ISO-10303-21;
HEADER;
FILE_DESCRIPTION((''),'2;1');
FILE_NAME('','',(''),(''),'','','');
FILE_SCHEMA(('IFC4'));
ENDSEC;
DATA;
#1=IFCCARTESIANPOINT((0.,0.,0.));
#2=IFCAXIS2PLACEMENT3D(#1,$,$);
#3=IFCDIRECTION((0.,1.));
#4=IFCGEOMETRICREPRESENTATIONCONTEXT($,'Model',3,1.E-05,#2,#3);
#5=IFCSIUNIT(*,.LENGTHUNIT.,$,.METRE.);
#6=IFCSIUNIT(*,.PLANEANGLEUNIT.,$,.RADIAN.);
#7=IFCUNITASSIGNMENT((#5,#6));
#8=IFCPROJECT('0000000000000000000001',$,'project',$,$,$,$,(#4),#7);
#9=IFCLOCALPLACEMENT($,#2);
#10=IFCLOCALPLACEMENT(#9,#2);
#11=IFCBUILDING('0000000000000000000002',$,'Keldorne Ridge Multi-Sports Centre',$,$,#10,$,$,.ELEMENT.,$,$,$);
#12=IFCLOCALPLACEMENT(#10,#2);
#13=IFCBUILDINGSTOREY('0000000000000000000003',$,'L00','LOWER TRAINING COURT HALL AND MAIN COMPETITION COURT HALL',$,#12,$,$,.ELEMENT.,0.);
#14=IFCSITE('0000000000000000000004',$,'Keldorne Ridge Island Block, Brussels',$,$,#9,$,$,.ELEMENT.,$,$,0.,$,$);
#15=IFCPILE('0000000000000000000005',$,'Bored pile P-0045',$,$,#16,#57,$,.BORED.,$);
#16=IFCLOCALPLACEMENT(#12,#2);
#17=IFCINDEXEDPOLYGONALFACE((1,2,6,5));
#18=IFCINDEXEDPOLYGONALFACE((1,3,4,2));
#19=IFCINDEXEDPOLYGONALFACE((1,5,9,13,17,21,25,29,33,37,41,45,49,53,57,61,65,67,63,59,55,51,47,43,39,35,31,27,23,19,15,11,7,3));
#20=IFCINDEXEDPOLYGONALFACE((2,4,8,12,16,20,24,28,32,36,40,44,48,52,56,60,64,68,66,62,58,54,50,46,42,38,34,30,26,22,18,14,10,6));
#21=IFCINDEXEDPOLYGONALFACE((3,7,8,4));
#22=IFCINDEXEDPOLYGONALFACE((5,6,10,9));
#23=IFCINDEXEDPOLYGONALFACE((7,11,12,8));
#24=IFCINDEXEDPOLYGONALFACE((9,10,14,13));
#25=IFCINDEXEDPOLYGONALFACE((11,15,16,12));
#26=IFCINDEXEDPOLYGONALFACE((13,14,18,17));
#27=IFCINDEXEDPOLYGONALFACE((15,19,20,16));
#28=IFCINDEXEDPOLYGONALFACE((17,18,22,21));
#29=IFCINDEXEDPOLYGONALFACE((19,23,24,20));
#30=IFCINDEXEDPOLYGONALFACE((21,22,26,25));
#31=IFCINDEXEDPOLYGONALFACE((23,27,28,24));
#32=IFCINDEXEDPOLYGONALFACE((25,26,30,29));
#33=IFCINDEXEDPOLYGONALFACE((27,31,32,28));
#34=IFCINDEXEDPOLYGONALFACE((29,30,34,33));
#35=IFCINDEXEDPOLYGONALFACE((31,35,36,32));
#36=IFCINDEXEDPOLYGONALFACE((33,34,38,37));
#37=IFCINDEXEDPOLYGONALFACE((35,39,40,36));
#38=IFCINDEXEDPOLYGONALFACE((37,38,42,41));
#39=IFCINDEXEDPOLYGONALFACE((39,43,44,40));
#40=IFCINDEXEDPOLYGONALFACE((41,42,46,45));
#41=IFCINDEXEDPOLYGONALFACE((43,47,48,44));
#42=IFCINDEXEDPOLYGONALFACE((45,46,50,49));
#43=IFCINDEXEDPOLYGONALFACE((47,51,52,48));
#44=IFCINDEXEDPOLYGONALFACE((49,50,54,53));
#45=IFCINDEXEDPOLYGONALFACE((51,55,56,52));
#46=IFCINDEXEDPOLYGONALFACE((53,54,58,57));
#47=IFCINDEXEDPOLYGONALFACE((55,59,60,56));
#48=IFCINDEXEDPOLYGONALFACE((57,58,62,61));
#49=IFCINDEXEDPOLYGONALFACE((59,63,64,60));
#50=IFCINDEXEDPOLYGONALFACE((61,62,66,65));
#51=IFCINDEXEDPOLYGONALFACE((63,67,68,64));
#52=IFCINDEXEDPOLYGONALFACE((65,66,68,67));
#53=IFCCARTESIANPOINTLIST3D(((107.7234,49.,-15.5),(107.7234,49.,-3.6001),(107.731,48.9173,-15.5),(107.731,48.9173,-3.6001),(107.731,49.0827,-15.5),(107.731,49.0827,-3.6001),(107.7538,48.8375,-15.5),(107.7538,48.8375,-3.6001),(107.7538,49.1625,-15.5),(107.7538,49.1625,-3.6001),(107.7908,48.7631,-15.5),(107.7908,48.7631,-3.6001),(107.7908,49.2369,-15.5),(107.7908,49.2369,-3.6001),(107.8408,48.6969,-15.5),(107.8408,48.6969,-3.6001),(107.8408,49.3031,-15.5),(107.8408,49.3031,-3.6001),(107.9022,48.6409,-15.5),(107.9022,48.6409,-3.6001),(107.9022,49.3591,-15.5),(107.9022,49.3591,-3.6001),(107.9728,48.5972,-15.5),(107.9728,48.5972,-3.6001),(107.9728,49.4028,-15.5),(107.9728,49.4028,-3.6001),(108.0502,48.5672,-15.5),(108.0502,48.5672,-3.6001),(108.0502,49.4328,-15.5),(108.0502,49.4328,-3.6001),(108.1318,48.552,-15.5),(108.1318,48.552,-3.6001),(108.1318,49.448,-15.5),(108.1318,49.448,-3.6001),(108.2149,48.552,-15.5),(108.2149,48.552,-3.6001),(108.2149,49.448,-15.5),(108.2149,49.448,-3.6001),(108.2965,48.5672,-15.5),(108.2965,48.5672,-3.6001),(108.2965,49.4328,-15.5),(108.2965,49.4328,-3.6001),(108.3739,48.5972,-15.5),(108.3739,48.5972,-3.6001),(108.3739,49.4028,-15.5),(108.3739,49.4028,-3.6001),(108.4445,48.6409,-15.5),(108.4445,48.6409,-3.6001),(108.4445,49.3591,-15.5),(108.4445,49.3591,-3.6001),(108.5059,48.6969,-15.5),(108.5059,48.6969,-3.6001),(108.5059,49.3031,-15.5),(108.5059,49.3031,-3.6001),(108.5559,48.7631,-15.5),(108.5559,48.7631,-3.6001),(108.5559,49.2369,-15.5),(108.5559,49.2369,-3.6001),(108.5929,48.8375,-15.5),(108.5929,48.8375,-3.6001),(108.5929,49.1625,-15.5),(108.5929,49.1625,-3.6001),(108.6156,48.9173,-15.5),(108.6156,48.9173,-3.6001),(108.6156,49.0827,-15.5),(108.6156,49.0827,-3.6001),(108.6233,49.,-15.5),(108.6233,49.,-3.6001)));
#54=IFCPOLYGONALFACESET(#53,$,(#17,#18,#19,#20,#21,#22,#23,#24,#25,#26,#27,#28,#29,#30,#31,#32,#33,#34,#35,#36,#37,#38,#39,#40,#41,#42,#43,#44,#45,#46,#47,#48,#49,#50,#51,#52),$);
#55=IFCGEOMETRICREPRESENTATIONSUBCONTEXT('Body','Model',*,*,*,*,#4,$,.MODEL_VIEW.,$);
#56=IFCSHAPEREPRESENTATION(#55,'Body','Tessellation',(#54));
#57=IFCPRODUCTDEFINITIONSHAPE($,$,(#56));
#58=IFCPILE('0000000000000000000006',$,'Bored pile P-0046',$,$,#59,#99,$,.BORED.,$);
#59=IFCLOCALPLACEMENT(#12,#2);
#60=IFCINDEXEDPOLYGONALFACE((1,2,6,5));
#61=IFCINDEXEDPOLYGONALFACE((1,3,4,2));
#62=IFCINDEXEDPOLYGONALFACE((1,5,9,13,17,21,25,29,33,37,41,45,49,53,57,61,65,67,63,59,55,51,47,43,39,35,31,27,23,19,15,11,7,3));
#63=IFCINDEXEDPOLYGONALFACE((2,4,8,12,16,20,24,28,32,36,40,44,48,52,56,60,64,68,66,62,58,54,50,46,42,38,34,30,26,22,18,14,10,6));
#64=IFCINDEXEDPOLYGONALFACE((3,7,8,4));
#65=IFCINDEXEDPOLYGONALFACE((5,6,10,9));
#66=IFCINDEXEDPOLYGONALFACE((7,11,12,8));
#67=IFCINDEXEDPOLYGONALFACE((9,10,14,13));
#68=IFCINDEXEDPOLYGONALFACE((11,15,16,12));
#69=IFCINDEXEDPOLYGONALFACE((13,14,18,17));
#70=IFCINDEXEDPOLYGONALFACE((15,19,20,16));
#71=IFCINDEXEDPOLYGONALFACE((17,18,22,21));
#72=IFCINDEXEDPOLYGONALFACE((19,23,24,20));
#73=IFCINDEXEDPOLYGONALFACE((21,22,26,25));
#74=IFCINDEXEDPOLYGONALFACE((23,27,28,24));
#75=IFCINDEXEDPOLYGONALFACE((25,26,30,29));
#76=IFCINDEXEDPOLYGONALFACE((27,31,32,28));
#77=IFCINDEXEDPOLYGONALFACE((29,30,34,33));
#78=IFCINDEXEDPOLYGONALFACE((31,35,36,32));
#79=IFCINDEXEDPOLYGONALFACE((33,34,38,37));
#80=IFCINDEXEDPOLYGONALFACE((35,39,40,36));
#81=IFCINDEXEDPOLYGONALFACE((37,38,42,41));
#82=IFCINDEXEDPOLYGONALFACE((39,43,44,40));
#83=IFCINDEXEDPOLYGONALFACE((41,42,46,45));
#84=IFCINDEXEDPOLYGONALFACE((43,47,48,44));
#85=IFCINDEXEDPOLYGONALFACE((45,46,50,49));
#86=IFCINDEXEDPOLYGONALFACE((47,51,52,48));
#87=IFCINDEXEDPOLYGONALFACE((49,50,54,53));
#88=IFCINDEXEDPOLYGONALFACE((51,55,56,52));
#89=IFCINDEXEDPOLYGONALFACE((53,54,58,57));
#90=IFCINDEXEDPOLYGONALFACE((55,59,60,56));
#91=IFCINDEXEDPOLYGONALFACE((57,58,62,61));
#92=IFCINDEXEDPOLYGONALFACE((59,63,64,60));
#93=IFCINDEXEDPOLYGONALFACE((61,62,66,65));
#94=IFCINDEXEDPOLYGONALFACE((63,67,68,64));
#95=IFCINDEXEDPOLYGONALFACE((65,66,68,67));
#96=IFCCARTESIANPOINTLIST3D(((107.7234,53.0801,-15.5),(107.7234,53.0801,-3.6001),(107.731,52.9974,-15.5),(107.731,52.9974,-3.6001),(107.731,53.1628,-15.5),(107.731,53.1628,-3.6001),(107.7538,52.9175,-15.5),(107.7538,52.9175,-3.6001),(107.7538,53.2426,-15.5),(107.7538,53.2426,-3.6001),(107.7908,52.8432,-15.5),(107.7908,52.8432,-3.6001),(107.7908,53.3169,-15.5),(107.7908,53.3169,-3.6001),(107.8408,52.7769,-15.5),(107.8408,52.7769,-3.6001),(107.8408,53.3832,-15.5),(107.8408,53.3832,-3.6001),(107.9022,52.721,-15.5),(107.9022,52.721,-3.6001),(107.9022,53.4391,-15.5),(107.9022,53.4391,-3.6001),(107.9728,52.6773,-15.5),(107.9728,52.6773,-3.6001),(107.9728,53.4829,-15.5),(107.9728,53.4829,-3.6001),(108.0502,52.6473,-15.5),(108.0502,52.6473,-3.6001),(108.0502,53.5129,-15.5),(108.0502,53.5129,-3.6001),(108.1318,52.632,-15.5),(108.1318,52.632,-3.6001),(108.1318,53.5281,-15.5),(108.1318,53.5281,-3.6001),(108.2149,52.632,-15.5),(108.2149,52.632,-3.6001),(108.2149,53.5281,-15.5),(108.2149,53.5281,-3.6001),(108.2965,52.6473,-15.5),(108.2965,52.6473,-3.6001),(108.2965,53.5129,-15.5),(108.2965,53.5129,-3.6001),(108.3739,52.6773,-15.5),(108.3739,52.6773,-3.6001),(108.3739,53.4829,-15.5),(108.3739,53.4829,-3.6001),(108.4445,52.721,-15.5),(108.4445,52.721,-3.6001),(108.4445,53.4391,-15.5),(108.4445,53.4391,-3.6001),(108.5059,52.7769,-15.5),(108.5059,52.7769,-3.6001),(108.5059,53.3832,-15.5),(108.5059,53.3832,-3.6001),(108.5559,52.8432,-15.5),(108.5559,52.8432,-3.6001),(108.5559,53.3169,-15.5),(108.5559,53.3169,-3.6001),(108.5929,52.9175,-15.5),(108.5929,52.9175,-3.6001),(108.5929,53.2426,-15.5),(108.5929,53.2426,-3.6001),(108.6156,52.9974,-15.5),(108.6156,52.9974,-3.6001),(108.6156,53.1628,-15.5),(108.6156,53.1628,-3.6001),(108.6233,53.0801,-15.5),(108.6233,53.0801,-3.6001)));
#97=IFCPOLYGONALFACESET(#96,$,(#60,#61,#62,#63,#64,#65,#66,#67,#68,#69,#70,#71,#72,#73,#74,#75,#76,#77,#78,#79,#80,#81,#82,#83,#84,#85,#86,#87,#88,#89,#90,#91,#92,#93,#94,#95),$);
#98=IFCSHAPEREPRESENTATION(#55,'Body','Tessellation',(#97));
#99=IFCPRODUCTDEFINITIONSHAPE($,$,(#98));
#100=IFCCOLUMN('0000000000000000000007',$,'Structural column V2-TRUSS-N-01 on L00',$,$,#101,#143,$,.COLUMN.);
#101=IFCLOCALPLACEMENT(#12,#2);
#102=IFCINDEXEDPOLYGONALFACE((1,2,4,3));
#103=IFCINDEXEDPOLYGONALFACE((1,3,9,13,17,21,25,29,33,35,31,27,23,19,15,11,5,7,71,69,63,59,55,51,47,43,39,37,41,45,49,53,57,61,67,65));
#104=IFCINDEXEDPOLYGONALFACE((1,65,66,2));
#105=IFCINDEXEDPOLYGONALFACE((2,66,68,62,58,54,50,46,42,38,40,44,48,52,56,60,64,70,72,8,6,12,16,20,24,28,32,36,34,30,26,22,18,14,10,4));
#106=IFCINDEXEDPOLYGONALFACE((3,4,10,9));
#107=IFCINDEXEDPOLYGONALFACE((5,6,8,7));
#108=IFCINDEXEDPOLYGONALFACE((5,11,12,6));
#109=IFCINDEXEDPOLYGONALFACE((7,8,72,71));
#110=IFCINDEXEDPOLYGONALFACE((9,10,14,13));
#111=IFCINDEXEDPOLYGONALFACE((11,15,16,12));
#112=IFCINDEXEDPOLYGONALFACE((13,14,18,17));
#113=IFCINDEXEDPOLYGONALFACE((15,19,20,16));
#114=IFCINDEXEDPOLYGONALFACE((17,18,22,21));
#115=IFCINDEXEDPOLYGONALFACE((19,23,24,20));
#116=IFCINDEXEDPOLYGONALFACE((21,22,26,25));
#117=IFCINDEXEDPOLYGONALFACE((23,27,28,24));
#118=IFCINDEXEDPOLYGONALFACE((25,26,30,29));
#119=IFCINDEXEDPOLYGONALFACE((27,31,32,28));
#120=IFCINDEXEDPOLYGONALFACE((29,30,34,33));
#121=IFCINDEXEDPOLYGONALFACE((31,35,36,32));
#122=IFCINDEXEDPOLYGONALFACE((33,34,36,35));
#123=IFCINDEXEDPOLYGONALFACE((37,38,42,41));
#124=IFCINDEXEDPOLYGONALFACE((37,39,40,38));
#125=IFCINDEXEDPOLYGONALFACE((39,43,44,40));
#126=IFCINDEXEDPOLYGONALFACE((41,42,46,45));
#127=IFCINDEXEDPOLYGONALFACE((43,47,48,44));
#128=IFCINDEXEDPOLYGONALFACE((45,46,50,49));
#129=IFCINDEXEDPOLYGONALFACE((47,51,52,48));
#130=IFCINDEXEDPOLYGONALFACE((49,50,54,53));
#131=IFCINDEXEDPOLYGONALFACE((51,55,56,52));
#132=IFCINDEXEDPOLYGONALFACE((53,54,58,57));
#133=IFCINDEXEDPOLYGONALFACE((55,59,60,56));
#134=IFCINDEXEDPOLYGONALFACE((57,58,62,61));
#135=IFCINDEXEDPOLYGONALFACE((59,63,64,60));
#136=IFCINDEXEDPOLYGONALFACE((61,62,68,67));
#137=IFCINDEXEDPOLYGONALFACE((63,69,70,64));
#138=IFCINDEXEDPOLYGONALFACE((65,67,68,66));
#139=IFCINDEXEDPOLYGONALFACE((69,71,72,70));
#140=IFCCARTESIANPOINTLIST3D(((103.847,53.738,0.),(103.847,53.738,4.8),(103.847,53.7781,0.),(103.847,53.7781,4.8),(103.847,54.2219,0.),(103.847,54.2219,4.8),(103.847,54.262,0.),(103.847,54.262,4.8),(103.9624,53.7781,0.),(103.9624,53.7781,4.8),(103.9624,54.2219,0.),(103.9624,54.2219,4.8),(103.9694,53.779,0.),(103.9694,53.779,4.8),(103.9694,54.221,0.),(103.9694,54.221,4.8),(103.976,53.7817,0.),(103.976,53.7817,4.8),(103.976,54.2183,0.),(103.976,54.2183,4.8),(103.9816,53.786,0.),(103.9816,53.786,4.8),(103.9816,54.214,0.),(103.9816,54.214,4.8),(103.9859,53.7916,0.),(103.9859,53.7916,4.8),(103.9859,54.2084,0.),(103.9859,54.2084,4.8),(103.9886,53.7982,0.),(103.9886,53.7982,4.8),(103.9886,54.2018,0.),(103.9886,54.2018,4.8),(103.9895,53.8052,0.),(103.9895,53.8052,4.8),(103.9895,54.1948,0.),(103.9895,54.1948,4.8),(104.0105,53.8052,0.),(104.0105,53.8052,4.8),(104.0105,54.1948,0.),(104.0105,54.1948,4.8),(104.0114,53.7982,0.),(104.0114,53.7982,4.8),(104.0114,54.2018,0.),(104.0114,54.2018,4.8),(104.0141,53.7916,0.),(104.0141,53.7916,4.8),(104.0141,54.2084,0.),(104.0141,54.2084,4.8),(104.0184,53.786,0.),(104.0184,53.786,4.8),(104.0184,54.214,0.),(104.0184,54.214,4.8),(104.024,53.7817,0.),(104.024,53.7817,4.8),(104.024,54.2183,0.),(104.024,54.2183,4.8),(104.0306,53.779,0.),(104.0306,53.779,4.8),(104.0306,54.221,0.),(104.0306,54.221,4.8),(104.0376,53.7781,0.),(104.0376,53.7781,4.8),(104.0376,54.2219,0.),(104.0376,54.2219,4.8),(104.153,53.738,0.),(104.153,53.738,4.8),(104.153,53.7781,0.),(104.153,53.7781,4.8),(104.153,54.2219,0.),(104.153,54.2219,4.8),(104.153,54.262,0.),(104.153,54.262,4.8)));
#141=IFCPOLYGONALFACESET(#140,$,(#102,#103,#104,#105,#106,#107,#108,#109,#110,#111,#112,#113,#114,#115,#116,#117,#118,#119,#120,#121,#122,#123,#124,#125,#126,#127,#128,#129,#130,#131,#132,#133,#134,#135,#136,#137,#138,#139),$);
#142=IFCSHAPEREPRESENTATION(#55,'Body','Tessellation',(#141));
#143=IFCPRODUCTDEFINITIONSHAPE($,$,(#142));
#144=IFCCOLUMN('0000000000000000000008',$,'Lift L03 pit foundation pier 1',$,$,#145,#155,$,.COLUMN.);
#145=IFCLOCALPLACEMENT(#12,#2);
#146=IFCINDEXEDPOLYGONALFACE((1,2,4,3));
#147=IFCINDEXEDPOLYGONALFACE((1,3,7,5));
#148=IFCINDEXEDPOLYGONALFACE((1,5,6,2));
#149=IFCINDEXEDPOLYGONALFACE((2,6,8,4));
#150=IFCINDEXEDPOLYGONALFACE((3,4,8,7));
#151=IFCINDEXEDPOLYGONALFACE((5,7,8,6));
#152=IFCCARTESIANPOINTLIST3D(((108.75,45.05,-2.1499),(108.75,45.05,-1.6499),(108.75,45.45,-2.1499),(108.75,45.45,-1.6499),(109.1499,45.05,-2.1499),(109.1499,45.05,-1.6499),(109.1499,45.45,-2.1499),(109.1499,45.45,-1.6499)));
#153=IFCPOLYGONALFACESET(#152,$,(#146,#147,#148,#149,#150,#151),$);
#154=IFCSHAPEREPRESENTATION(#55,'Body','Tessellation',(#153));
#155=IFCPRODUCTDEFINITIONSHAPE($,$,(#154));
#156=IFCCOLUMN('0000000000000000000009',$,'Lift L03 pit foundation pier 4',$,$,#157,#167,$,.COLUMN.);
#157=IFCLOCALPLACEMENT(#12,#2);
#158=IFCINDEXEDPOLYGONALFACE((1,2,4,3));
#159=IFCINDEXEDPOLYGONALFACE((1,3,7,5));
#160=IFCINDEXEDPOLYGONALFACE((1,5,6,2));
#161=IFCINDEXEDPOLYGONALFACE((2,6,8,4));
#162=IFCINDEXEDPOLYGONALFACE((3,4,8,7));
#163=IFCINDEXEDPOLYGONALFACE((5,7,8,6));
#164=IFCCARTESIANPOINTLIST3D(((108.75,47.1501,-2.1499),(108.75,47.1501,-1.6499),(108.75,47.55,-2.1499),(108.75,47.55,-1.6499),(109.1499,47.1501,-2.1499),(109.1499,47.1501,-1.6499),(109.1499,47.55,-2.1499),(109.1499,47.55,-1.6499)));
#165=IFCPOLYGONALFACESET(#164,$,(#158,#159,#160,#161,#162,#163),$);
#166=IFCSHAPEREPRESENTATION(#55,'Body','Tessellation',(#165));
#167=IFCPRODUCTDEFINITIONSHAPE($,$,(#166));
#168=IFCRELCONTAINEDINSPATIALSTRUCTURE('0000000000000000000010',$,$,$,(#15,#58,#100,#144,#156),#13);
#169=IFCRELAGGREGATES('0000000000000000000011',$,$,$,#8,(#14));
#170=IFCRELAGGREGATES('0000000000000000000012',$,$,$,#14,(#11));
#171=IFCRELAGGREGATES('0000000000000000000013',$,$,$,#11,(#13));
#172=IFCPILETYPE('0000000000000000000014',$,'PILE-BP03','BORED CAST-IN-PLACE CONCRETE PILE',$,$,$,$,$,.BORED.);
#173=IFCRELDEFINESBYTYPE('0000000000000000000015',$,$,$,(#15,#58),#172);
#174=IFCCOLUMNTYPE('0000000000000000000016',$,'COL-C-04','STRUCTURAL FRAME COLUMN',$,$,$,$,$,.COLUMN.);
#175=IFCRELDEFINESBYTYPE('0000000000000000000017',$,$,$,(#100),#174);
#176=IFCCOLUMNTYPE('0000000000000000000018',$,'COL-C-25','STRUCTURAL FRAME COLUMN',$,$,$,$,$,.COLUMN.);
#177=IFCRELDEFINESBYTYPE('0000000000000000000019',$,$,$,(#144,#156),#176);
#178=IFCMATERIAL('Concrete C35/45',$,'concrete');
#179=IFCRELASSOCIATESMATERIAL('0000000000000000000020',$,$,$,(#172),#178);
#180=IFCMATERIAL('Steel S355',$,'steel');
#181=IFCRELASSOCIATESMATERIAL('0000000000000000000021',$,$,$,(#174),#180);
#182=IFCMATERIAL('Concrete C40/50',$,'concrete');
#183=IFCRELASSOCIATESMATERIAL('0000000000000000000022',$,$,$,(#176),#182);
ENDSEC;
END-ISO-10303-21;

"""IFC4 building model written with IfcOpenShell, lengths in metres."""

from ifc_helpers import new_model, si_unit, direction, frame, origin, origin_2d, place, context, subcontext, project, spatial, rectangle, circle, i_section, extrude, material, material_profile, profile_set, type_object, element, save


model = new_model("IFC4")

# Units and contexts
model_context = context("Model", 3, precision=1e-05, world=origin(), true_north=direction((0.0, 1.0)))
body_context = subcontext(model_context, "Body", "Model", "MODEL_VIEW")
ifc_project = project(units=[si_unit("LENGTHUNIT", "METRE"), si_unit("PLANEANGLEUNIT", "RADIAN")], contexts=[model_context])

# Site, building, storey
site_placement = place(None, origin())
site = spatial("IfcSite", under=ifc_project, at=site_placement, Name="Keldorne Ridge Island Block, Brussels", CompositionType="ELEMENT", RefElevation=0.0)
building_placement = place(site_placement, origin())
building = spatial("IfcBuilding", under=site, at=building_placement, Name="Keldorne Ridge Multi-Sports Centre", CompositionType="ELEMENT")
storey_placement = place(building_placement, origin())
storey = spatial("IfcBuildingStorey", under=building, at=storey_placement, Name="L00", Description="LOWER TRAINING COURT HALL AND MAIN COMPETITION COURT HALL", CompositionType="ELEMENT", Elevation=0.0)

# Shared definitions
ifc_material_1 = material(Name="Concrete C35/45", Category="concrete")

# Piles
ifc_material_profile_1 = material_profile(ifc_material_1, circle(Radius=0.45, at=origin_2d()), Name="BORED PILE D900")
ifc_profile_set_1 = profile_set([ifc_material_profile_1], Name="Concrete C35/45")
pile_type = type_object("IfcPileType", Name="PILE-BP03", Description="BORED CAST-IN-PLACE CONCRETE PILE", PredefinedType="BORED", material=ifc_profile_set_1)
for number, where, z_axis, x_axis, name in (
    (1, (108.1733, 49.0, -3.6001), (0.0, 0.0, -1.0), (1.0, 0.0, 0.0), "Bored pile P-0045"),
    (2, (108.1733, 53.0801, -3.6001), (0.0, 0.0, -1.0), (1.0, 0.0, 0.0), "Bored pile P-0046"),
):
    element("IfcPile", number, at=place(storey_placement, frame(where, z_axis=z_axis, x_axis=x_axis)), inside=storey, type_object=pile_type, Name=name, PredefinedType="BORED", context=body_context, shape_type="SweptSolid", body=[
        extrude(circle(Radius=0.45, at=origin_2d()), origin(), (0.0, 0.0, 1.0), 11.8999),
    ])

# Columns
ifc_material_2 = material(Name="Steel S355", Category="steel")
ifc_material_profile_2 = material_profile(ifc_material_2, i_section(OverallWidth=0.3059, OverallDepth=0.5239, WebThickness=0.021, FlangeThickness=0.04, FilletRadius=0.0271, at=origin_2d()), Name="HEM 500")
ifc_profile_set_2 = profile_set([ifc_material_profile_2], Name="Steel S355")
column_type_1 = type_object("IfcColumnType", Name="COL-C-04", Description="STRUCTURAL FRAME COLUMN", PredefinedType="COLUMN", material=ifc_profile_set_2)
column_placement = place(storey_placement, frame((104.0, 54.0, 0.0), z_axis=(0.0, 0.0, 1.0), x_axis=(1.0, 0.0, 0.0)))
element("IfcColumn", 3, at=column_placement, inside=storey, type_object=column_type_1, Name="Structural column V2-TRUSS-N-01 on L00", PredefinedType="COLUMN", context=body_context, shape_type="SweptSolid", body=[
    extrude(i_section(OverallWidth=0.3059, OverallDepth=0.5239, WebThickness=0.021, FlangeThickness=0.04, FilletRadius=0.0271, at=origin_2d()), origin(), (0.0, 0.0, 1.0), 4.8),
])
ifc_material_3 = material(Name="Concrete C40/50", Category="concrete")
ifc_material_profile_3 = material_profile(ifc_material_3, rectangle(XDim=0.3999, YDim=0.3999, at=origin_2d()), Name="RC 400x400")
ifc_profile_set_3 = profile_set([ifc_material_profile_3], Name="Concrete C40/50")
column_type_2 = type_object("IfcColumnType", Name="COL-C-25", Description="STRUCTURAL FRAME COLUMN", PredefinedType="COLUMN", material=ifc_profile_set_3)
for number, where, z_axis, x_axis, name in (
    (4, (108.95, 45.25, -2.1499), (0.0, 0.0, 1.0), (1.0, 0.0, 0.0), "Lift L03 pit foundation pier 1"),
    (5, (108.95, 47.3501, -2.1499), (0.0, 0.0, 1.0), (1.0, 0.0, 0.0), "Lift L03 pit foundation pier 4"),
):
    element("IfcColumn", number, at=place(storey_placement, frame(where, z_axis=z_axis, x_axis=x_axis)), inside=storey, type_object=column_type_2, Name=name, PredefinedType="COLUMN", context=body_context, shape_type="SweptSolid", body=[
        extrude(rectangle(XDim=0.3999, YDim=0.3999, at=origin_2d()), origin(), (0.0, 0.0, 1.0), 0.5),
    ])

save(model, "model.ifc")
